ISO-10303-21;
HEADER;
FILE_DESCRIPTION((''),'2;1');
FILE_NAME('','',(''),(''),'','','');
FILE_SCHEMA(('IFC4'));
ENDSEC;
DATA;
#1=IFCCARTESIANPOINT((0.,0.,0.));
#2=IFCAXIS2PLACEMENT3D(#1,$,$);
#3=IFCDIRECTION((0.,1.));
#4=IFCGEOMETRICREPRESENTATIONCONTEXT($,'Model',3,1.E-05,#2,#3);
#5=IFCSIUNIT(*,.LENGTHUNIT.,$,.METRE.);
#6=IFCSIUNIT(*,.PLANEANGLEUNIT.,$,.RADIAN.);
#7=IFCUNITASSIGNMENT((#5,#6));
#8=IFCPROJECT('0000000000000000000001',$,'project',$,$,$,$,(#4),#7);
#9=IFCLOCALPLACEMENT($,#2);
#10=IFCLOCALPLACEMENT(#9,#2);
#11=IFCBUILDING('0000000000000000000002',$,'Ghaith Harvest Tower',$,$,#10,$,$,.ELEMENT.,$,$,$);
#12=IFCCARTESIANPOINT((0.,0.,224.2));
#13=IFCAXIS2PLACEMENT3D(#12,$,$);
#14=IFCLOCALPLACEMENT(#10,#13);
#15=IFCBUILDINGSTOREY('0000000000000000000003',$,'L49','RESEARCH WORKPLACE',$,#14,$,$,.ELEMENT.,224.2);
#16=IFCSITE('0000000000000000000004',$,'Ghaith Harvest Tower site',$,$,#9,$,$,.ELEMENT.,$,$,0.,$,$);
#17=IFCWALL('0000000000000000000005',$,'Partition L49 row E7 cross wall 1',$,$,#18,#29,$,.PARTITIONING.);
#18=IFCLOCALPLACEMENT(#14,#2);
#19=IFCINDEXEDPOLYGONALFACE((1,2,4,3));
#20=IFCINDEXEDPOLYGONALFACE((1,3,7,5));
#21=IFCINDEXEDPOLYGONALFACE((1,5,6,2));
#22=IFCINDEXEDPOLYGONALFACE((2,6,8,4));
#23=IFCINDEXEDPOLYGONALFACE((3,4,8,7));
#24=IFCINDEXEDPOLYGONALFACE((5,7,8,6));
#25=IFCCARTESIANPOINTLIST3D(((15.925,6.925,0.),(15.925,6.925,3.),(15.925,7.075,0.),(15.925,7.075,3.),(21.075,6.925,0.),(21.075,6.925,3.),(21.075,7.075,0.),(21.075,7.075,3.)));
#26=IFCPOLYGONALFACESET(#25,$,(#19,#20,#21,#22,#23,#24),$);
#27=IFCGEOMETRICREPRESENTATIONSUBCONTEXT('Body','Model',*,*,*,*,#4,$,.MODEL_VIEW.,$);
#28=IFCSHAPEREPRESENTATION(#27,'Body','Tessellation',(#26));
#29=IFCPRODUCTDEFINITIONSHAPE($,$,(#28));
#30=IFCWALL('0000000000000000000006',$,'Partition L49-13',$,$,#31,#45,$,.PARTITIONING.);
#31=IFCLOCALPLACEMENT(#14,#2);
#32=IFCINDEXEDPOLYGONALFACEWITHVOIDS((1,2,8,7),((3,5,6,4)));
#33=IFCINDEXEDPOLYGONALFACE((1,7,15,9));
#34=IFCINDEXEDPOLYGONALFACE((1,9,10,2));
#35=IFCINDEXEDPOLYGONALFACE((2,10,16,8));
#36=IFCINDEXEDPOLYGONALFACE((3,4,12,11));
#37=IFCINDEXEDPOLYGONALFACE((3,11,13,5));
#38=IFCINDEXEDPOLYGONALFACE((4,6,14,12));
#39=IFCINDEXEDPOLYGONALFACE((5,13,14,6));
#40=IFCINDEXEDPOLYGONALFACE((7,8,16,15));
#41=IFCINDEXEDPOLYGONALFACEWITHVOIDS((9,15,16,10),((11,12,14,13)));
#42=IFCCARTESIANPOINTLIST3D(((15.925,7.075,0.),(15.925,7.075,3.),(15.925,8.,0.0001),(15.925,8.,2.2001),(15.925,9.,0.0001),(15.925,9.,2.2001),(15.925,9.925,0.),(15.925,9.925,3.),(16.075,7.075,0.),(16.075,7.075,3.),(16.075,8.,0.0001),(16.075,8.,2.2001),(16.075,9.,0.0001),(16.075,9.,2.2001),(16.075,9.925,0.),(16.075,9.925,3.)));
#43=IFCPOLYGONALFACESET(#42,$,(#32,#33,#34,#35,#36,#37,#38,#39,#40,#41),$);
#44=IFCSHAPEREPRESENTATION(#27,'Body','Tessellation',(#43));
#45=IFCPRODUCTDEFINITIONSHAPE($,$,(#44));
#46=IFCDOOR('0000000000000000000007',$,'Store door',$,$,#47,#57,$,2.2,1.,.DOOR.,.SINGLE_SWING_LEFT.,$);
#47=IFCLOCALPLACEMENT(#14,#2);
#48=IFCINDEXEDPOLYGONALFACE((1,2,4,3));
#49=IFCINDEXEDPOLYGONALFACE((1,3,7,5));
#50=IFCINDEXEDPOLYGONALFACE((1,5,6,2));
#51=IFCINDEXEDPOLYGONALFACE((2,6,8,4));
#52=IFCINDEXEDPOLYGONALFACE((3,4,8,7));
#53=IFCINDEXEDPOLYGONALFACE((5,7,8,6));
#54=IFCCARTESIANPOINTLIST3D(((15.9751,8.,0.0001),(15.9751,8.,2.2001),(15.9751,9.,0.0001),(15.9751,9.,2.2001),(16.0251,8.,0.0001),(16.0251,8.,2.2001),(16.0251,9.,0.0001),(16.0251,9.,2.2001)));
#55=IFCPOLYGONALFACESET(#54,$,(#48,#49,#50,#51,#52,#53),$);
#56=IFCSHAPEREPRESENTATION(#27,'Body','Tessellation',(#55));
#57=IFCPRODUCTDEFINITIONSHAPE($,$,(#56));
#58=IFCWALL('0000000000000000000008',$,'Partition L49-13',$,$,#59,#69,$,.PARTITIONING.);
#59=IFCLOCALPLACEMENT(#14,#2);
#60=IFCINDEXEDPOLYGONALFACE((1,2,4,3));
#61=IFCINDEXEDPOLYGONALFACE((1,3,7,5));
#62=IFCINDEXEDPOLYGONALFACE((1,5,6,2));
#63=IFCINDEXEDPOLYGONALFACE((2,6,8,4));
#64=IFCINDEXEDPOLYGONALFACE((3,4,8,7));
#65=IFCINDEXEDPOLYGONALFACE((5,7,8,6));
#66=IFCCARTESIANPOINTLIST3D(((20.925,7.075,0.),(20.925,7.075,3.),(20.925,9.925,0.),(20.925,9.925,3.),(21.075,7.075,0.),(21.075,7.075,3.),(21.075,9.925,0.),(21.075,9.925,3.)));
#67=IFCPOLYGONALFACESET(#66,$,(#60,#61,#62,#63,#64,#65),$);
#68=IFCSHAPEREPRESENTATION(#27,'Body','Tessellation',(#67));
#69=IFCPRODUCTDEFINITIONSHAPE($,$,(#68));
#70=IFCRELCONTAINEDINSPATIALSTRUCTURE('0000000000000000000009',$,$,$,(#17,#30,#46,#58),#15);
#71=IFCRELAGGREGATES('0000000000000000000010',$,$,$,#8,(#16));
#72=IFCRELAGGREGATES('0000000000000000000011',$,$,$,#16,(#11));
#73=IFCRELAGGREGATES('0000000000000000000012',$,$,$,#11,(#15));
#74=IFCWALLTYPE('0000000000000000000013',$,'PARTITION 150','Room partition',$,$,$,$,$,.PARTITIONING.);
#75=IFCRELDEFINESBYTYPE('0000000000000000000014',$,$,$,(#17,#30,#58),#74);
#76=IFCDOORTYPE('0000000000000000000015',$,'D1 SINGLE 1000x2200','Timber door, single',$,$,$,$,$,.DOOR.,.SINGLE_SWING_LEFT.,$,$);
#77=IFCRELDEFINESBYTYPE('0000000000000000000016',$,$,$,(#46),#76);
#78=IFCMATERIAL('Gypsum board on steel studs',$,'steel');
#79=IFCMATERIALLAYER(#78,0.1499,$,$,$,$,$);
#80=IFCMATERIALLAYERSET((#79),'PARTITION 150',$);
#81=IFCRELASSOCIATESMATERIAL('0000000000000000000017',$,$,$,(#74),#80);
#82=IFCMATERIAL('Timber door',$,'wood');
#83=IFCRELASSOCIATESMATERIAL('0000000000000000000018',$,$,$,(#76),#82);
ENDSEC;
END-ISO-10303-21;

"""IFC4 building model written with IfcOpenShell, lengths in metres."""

from ifc_helpers import new_model, si_unit, direction, frame, frame_2d, origin, place, context, subcontext, project, spatial, rectangle, extrude, material, layer, layer_set, type_object, element, fill, save


model = new_model("IFC4")

# Units and contexts
model_context = context("Model", 3, precision=1e-05, world=origin(), true_north=direction((0.0, 1.0)))
body_context = subcontext(model_context, "Body", "Model", "MODEL_VIEW")
ifc_project = project(units=[si_unit("LENGTHUNIT", "METRE"), si_unit("PLANEANGLEUNIT", "RADIAN")], contexts=[model_context])

# Site, building, storey
site_placement = place(None, origin())
site = spatial("IfcSite", under=ifc_project, at=site_placement, Name="Ghaith Harvest Tower site", CompositionType="ELEMENT", RefElevation=0.0)
building_placement = place(site_placement, origin())
building = spatial("IfcBuilding", under=site, at=building_placement, Name="Ghaith Harvest Tower", CompositionType="ELEMENT")
storey_placement = place(building_placement, frame((0.0, 0.0, 224.2)))
storey = spatial("IfcBuildingStorey", under=building, at=storey_placement, Name="L49", Description="RESEARCH WORKPLACE", CompositionType="ELEMENT", Elevation=224.2)

# Wall
ifc_material_1 = material(Name="Gypsum board on steel studs", Category="steel")
ifc_layer_1 = layer(ifc_material_1, 0.1499)
ifc_layer_set_1 = layer_set([ifc_layer_1], Name="PARTITION 150")
wall_type = type_object("IfcWallType", Name="PARTITION 150", Description="Room partition", PredefinedType="PARTITIONING", material=ifc_layer_set_1)
wall_1_placement = place(storey_placement, frame((15.925, 7.0, 0.0), z_axis=(0.0, 0.0, 1.0), x_axis=(1.0, 0.0, 0.0)))
element("IfcWall", 1, at=wall_1_placement, inside=storey, type_object=wall_type, Name="Partition L49 row E7 cross wall 1", PredefinedType="PARTITIONING", context=body_context, shape_type="SweptSolid", body=[
    extrude(rectangle(XDim=5.1499, YDim=0.1499, at=frame_2d((2.575, 0.0))), origin(), (0.0, 0.0, 1.0), 3.0),
])

# Wall, opening, door
wall_2_placement = place(storey_placement, frame((16.0, 7.075, 0.0), z_axis=(0.0, 0.0, 1.0), x_axis=(0.0, 1.0, 0.0)))
wall_2 = element("IfcWall", 2, at=wall_2_placement, inside=storey, type_object=wall_type, Name="Partition L49-13", PredefinedType="PARTITIONING", context=body_context, shape_type="SweptSolid", body=[
    extrude(rectangle(XDim=2.8501, YDim=0.1499, at=frame_2d((1.425, 0.0))), origin(), (0.0, 0.0, 1.0), 3.0),
])
opening_placement = place(wall_2_placement, frame((0.925, 0.0, 0.0)))
opening = element("IfcOpeningElement", 3, at=opening_placement, cuts=wall_2, PredefinedType="OPENING", context=body_context, shape_type="SweptSolid", body=[
    extrude(rectangle(XDim=1.0, YDim=2.2, at=frame_2d((0.5, 1.1001))), frame((0.0, 0.085, 0.0), z_axis=(0.0, -1.0, 0.0), x_axis=(1.0, 0.0, 0.0)), (0.0, 0.0, 1.0), 0.1699),
])
ifc_material_2 = material(Name="Timber door", Category="wood")
door_type = type_object("IfcDoorType", Name="D1 SINGLE 1000x2200", Description="Timber door, single", OperationType="SINGLE_SWING_LEFT", PredefinedType="DOOR", material=ifc_material_2)
door_placement = place(opening_placement, origin())
door = element("IfcDoor", 4, at=door_placement, inside=storey, type_object=door_type, Name="Store door", OperationType="SINGLE_SWING_LEFT", OverallHeight=2.2, OverallWidth=1.0, PredefinedType="DOOR", context=body_context, shape_type="SweptSolid", body=[
    extrude(rectangle(XDim=1.0, YDim=2.2, at=frame_2d((0.5, 1.1001))), frame((0.0, 0.0249, 0.0), z_axis=(0.0, -1.0, 0.0), x_axis=(1.0, 0.0, 0.0)), (0.0, 0.0, 1.0), 0.05),
])
fill(opening, door)

# Wall
wall_3_placement = place(storey_placement, frame((21.0, 7.075, 0.0), z_axis=(0.0, 0.0, 1.0), x_axis=(0.0, 1.0, 0.0)))
element("IfcWall", 5, at=wall_3_placement, inside=storey, type_object=wall_type, Name="Partition L49-13", PredefinedType="PARTITIONING", context=body_context, shape_type="SweptSolid", body=[
    extrude(rectangle(XDim=2.8501, YDim=0.1499, at=frame_2d((1.425, 0.0))), origin(), (0.0, 0.0, 1.0), 3.0),
])

save(model, "model.ifc")
